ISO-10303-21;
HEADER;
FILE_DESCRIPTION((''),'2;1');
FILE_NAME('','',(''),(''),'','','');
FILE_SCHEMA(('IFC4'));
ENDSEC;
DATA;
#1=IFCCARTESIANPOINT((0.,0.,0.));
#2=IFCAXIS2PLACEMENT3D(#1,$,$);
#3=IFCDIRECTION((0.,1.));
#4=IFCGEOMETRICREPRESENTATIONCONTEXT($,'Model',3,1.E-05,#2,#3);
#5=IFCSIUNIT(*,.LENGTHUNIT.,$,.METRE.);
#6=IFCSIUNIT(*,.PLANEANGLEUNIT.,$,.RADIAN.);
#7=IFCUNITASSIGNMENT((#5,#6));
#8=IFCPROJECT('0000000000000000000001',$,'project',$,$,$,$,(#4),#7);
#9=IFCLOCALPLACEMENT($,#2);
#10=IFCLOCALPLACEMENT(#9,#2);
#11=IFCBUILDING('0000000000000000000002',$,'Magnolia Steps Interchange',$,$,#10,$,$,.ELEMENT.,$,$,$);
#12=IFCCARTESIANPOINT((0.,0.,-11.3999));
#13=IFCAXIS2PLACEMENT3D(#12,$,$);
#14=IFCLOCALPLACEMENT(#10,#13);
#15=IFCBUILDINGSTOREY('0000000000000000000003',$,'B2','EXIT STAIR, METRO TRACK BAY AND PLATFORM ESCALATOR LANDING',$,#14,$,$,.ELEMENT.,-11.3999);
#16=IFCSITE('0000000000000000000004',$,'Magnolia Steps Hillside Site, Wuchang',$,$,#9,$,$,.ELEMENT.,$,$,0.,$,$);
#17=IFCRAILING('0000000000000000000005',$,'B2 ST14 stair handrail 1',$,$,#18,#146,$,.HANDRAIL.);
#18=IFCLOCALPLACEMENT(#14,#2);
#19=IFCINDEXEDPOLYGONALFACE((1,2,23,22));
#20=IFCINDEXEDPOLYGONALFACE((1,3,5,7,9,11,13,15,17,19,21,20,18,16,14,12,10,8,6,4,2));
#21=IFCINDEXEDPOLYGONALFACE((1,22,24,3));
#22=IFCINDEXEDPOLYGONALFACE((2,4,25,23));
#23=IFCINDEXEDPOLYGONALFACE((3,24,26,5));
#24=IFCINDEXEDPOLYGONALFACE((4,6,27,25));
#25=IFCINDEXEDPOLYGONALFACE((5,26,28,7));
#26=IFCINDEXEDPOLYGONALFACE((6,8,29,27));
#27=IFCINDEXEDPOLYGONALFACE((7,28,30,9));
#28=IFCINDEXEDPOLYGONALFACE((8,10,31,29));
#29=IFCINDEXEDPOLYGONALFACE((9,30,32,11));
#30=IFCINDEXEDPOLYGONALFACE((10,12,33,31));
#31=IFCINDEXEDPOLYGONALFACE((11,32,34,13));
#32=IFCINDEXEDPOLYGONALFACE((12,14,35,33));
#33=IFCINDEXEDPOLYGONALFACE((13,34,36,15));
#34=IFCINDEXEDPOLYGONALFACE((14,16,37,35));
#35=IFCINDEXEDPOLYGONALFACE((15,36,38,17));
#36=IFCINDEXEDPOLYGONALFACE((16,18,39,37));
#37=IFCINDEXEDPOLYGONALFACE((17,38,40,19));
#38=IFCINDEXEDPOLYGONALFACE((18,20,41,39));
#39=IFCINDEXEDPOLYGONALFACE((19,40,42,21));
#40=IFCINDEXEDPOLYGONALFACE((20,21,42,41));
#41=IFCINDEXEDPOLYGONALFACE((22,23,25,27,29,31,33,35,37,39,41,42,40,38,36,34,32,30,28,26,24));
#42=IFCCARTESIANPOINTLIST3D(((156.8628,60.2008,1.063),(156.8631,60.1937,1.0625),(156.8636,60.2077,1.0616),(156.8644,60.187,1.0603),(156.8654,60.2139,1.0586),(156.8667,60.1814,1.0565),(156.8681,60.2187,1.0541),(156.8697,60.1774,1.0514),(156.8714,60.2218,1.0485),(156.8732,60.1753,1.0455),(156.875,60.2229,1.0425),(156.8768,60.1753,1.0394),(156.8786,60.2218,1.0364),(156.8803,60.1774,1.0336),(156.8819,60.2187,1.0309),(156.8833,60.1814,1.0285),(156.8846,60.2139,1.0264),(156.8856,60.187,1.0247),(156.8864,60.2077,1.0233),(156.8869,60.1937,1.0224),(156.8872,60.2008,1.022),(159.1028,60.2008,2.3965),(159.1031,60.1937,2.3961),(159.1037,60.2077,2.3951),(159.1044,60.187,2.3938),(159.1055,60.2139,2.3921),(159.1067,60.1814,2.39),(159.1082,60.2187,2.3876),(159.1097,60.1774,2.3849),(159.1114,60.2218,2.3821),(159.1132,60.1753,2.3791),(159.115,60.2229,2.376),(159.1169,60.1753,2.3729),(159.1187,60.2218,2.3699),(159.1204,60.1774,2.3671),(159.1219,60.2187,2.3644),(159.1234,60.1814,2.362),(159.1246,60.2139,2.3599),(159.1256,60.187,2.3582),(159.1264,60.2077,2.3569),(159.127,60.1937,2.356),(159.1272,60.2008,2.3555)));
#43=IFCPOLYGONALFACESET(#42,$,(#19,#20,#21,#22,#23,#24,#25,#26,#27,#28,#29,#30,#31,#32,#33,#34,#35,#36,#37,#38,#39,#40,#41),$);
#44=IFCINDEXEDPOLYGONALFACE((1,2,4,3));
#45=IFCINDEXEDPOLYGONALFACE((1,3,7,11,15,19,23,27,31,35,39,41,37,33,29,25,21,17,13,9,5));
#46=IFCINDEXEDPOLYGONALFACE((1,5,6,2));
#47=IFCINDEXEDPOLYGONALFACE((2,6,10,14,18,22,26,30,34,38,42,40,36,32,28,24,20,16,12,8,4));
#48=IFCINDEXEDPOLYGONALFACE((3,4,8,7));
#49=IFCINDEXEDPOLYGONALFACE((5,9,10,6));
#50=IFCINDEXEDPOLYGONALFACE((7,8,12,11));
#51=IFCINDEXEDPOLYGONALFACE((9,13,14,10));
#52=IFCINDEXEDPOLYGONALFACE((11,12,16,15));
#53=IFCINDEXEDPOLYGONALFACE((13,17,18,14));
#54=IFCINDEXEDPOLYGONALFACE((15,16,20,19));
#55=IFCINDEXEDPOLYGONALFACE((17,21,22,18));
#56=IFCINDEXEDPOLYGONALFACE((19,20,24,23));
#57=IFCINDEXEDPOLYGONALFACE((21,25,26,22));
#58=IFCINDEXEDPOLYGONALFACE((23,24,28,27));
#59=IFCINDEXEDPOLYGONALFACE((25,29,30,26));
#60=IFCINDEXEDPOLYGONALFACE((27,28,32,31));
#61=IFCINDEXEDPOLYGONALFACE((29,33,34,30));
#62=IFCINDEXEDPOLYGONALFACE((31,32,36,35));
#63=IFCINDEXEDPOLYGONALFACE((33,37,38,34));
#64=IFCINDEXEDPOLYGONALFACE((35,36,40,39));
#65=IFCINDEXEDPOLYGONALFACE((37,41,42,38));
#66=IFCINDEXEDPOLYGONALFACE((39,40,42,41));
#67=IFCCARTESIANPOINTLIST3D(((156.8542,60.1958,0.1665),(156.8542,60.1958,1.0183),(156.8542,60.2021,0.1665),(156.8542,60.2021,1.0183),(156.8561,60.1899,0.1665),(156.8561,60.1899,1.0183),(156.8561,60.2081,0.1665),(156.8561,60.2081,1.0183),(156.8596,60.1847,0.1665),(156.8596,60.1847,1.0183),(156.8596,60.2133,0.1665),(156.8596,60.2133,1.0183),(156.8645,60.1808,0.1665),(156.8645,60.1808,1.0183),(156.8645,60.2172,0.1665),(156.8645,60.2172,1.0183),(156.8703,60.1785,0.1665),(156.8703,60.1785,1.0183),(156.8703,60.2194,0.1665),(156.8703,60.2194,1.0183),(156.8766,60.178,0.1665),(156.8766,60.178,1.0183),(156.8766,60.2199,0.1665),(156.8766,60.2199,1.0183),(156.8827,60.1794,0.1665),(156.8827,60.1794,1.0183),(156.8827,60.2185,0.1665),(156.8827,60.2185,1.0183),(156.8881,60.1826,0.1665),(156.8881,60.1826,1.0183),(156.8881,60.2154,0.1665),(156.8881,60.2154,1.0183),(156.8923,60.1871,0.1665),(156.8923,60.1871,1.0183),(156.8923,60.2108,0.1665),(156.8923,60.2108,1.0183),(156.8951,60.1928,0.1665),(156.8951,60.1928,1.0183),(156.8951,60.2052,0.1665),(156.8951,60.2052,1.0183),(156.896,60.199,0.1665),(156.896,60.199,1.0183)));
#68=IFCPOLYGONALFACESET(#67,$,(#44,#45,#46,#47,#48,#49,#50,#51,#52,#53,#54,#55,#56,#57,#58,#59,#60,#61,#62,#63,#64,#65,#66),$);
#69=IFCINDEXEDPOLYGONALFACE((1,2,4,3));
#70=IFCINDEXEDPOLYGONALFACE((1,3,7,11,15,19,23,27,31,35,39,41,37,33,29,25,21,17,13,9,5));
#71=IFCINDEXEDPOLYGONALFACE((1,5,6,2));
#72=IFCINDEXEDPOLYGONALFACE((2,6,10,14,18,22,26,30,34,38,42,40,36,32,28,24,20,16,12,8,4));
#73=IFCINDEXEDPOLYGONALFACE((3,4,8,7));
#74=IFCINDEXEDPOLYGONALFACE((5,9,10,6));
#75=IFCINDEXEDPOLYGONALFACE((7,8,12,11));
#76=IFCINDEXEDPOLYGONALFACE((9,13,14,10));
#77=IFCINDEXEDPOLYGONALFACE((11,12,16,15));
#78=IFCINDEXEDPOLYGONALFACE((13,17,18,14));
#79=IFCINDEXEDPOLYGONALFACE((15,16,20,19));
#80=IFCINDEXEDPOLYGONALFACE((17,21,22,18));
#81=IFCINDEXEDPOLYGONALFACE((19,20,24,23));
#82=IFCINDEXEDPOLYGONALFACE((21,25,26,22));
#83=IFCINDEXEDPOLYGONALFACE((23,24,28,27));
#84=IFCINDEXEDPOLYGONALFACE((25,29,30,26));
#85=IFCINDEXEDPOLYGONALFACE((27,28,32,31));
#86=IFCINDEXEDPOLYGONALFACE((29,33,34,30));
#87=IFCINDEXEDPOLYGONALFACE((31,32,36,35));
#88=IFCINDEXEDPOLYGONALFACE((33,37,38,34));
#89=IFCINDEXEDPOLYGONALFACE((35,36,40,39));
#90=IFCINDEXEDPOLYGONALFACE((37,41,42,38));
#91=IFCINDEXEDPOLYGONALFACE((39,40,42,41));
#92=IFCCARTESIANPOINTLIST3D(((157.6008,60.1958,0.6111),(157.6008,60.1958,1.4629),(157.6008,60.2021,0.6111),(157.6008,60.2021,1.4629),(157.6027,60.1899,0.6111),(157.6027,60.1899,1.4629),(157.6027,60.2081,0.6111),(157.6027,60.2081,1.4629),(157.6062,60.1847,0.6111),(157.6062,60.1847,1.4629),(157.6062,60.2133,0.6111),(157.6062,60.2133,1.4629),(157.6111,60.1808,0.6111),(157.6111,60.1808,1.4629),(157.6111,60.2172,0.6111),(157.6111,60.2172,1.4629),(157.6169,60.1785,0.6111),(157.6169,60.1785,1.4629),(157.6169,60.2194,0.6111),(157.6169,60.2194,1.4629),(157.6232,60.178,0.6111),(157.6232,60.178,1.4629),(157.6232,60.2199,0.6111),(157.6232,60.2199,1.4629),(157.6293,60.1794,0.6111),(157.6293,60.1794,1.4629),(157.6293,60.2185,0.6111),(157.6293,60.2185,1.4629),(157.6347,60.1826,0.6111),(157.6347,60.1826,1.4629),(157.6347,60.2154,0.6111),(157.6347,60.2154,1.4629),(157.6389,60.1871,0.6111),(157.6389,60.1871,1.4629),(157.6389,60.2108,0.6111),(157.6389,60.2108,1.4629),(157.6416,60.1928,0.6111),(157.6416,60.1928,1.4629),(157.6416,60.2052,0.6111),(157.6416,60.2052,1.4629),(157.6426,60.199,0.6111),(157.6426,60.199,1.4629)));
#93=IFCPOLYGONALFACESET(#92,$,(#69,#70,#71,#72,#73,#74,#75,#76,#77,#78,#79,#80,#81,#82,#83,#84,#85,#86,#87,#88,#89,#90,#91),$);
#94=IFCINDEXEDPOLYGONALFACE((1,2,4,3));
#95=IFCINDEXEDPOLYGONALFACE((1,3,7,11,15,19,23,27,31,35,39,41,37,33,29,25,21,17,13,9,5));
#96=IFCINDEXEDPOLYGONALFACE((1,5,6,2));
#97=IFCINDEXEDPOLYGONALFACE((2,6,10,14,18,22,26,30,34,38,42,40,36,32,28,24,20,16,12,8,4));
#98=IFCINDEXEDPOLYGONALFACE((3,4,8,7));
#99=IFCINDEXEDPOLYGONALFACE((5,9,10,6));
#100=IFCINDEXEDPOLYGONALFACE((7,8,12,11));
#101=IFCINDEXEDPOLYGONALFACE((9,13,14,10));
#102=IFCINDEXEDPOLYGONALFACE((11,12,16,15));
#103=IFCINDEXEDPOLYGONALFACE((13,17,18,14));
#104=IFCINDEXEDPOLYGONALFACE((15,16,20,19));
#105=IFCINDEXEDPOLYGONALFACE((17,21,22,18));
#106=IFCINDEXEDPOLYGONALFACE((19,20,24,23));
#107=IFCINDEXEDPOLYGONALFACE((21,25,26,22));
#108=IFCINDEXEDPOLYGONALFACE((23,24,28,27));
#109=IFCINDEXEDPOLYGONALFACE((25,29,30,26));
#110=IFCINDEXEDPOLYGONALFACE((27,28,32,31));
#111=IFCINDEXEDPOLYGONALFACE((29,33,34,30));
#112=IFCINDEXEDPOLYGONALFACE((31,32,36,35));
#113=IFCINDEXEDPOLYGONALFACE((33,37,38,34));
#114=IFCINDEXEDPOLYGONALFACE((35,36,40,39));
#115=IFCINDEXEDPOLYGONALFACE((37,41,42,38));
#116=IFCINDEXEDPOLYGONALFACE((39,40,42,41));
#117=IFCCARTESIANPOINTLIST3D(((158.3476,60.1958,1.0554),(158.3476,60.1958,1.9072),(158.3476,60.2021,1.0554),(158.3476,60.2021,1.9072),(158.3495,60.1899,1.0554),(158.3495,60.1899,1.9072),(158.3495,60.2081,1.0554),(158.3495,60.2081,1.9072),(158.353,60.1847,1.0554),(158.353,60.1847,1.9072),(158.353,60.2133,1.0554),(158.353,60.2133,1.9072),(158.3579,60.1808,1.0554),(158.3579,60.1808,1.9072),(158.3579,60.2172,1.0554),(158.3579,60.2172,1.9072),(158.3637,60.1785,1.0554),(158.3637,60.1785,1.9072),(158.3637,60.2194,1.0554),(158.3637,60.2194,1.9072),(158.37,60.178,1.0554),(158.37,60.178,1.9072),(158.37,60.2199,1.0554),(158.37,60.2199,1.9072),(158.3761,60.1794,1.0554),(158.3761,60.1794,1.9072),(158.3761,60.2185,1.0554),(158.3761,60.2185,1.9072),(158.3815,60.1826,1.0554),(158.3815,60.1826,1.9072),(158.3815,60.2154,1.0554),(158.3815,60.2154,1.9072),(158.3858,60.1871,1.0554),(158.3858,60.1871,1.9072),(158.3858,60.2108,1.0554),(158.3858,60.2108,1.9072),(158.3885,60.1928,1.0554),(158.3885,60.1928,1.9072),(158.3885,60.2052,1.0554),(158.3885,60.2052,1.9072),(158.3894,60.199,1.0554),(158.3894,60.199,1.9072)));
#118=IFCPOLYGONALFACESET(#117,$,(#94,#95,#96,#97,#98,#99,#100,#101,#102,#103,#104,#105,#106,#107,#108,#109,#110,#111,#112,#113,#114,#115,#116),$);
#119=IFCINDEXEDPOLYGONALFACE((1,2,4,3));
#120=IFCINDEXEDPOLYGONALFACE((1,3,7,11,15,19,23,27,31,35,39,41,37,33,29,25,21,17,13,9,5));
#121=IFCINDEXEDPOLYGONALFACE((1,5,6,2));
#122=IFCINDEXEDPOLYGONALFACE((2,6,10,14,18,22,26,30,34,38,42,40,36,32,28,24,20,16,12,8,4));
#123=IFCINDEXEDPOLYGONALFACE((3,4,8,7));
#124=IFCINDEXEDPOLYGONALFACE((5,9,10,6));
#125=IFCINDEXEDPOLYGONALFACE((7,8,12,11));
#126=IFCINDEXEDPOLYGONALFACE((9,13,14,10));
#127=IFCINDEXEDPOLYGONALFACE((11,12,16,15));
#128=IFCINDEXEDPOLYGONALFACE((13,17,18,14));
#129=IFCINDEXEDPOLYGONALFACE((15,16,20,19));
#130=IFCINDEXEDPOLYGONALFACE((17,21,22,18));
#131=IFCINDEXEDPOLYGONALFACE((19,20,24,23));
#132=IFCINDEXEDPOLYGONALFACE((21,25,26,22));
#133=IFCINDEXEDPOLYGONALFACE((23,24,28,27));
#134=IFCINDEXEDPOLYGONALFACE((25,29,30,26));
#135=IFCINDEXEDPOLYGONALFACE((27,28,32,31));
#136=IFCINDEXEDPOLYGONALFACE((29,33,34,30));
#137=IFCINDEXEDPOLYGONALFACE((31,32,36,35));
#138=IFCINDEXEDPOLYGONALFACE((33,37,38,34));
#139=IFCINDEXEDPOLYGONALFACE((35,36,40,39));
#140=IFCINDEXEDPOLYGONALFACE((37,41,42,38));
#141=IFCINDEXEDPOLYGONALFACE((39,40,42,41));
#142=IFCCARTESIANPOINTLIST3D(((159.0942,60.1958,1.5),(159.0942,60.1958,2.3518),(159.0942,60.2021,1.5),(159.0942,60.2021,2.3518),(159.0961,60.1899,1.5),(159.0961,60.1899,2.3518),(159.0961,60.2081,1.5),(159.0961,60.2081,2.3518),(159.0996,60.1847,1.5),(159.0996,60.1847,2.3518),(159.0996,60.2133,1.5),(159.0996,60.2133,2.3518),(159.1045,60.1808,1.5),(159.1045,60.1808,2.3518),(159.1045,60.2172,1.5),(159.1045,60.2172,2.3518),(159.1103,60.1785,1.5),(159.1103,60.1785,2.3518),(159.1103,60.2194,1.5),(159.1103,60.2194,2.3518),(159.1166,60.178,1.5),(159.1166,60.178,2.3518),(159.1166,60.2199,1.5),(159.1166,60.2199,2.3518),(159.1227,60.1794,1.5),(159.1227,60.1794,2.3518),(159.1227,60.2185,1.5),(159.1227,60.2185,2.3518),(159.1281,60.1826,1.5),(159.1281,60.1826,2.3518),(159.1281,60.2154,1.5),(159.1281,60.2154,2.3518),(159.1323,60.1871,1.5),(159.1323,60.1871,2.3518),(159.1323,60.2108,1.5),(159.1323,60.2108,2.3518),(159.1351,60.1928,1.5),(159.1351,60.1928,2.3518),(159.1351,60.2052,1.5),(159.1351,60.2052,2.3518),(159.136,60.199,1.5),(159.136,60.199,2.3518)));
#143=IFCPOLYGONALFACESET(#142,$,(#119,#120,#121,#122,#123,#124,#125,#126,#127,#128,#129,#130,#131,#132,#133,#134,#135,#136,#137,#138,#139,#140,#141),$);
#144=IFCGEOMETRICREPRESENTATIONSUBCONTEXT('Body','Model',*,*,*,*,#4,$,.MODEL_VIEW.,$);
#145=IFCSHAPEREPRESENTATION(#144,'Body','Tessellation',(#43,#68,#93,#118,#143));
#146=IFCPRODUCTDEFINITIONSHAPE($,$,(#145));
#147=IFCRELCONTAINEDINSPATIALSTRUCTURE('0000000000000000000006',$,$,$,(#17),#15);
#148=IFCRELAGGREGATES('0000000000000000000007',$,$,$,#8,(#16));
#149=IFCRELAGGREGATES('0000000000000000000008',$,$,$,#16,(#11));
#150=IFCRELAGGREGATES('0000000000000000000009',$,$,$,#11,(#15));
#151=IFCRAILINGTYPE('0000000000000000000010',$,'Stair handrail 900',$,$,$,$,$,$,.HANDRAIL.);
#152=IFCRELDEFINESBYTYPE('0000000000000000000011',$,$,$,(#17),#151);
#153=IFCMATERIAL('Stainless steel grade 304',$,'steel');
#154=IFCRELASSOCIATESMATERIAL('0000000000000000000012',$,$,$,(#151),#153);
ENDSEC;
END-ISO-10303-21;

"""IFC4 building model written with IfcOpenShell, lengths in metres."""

from ifc_helpers import new_model, si_unit, direction, frame, origin, origin_2d, place, context, subcontext, project, spatial, circle, extrude, material, type_object, element, save


model = new_model("IFC4")

# Units and contexts
model_context = context("Model", 3, precision=1e-05, world=origin(), true_north=direction((0.0, 1.0)))
body_context = subcontext(model_context, "Body", "Model", "MODEL_VIEW")
ifc_project = project(units=[si_unit("LENGTHUNIT", "METRE"), si_unit("PLANEANGLEUNIT", "RADIAN")], contexts=[model_context])

# Site, building, storey
site_placement = place(None, origin())
site = spatial("IfcSite", under=ifc_project, at=site_placement, Name="Magnolia Steps Hillside Site, Wuchang", CompositionType="ELEMENT", RefElevation=0.0)
building_placement = place(site_placement, origin())
building = spatial("IfcBuilding", under=site, at=building_placement, Name="Magnolia Steps Interchange", CompositionType="ELEMENT")
storey_placement = place(building_placement, frame((0.0, 0.0, -11.3999)))
storey = spatial("IfcBuildingStorey", under=building, at=storey_placement, Name="B2", Description="EXIT STAIR, METRO TRACK BAY AND PLATFORM ESCALATOR LANDING", CompositionType="ELEMENT", Elevation=-11.3999)

# Railing
ifc_material_1 = material(Name="Stainless steel grade 304", Category="steel")
railing_type_1 = type_object("IfcRailingType", Name="Stair handrail 900", PredefinedType="HANDRAIL", material=ifc_material_1)
for number, where, name in (
    (1, (156.875, 60.199, 0.1665), "B2 ST14 stair handrail 1"),
):
    element("IfcRailing", number, at=place(storey_placement, frame(where)), inside=storey, type_object=railing_type_1, Name=name, PredefinedType="HANDRAIL", context=body_context, shape_type="SweptSolid", body=[
        extrude(circle(Radius=0.0239, at=origin_2d()), frame((0.0, 0.0, 0.876), z_axis=(0.859264, 0.0, 0.511532), x_axis=(0.0, 1.0, 0.0)), (0.0, 0.0, 1.0), 2.6069),
        extrude(circle(Radius=0.021, at=origin_2d()), origin(), (0.0, 0.0, 1.0), 0.8518),
        extrude(circle(Radius=0.021, at=origin_2d()), frame((0.7466, 0.0, 0.4446)), (0.0, 0.0, 1.0), 0.8518),
        extrude(circle(Radius=0.021, at=origin_2d()), frame((1.4934, 0.0, 0.8889)), (0.0, 0.0, 1.0), 0.8518),
        extrude(circle(Radius=0.021, at=origin_2d()), frame((2.24, 0.0, 1.3335)), (0.0, 0.0, 1.0), 0.8518),
    ])

save(model, "model.ifc")
